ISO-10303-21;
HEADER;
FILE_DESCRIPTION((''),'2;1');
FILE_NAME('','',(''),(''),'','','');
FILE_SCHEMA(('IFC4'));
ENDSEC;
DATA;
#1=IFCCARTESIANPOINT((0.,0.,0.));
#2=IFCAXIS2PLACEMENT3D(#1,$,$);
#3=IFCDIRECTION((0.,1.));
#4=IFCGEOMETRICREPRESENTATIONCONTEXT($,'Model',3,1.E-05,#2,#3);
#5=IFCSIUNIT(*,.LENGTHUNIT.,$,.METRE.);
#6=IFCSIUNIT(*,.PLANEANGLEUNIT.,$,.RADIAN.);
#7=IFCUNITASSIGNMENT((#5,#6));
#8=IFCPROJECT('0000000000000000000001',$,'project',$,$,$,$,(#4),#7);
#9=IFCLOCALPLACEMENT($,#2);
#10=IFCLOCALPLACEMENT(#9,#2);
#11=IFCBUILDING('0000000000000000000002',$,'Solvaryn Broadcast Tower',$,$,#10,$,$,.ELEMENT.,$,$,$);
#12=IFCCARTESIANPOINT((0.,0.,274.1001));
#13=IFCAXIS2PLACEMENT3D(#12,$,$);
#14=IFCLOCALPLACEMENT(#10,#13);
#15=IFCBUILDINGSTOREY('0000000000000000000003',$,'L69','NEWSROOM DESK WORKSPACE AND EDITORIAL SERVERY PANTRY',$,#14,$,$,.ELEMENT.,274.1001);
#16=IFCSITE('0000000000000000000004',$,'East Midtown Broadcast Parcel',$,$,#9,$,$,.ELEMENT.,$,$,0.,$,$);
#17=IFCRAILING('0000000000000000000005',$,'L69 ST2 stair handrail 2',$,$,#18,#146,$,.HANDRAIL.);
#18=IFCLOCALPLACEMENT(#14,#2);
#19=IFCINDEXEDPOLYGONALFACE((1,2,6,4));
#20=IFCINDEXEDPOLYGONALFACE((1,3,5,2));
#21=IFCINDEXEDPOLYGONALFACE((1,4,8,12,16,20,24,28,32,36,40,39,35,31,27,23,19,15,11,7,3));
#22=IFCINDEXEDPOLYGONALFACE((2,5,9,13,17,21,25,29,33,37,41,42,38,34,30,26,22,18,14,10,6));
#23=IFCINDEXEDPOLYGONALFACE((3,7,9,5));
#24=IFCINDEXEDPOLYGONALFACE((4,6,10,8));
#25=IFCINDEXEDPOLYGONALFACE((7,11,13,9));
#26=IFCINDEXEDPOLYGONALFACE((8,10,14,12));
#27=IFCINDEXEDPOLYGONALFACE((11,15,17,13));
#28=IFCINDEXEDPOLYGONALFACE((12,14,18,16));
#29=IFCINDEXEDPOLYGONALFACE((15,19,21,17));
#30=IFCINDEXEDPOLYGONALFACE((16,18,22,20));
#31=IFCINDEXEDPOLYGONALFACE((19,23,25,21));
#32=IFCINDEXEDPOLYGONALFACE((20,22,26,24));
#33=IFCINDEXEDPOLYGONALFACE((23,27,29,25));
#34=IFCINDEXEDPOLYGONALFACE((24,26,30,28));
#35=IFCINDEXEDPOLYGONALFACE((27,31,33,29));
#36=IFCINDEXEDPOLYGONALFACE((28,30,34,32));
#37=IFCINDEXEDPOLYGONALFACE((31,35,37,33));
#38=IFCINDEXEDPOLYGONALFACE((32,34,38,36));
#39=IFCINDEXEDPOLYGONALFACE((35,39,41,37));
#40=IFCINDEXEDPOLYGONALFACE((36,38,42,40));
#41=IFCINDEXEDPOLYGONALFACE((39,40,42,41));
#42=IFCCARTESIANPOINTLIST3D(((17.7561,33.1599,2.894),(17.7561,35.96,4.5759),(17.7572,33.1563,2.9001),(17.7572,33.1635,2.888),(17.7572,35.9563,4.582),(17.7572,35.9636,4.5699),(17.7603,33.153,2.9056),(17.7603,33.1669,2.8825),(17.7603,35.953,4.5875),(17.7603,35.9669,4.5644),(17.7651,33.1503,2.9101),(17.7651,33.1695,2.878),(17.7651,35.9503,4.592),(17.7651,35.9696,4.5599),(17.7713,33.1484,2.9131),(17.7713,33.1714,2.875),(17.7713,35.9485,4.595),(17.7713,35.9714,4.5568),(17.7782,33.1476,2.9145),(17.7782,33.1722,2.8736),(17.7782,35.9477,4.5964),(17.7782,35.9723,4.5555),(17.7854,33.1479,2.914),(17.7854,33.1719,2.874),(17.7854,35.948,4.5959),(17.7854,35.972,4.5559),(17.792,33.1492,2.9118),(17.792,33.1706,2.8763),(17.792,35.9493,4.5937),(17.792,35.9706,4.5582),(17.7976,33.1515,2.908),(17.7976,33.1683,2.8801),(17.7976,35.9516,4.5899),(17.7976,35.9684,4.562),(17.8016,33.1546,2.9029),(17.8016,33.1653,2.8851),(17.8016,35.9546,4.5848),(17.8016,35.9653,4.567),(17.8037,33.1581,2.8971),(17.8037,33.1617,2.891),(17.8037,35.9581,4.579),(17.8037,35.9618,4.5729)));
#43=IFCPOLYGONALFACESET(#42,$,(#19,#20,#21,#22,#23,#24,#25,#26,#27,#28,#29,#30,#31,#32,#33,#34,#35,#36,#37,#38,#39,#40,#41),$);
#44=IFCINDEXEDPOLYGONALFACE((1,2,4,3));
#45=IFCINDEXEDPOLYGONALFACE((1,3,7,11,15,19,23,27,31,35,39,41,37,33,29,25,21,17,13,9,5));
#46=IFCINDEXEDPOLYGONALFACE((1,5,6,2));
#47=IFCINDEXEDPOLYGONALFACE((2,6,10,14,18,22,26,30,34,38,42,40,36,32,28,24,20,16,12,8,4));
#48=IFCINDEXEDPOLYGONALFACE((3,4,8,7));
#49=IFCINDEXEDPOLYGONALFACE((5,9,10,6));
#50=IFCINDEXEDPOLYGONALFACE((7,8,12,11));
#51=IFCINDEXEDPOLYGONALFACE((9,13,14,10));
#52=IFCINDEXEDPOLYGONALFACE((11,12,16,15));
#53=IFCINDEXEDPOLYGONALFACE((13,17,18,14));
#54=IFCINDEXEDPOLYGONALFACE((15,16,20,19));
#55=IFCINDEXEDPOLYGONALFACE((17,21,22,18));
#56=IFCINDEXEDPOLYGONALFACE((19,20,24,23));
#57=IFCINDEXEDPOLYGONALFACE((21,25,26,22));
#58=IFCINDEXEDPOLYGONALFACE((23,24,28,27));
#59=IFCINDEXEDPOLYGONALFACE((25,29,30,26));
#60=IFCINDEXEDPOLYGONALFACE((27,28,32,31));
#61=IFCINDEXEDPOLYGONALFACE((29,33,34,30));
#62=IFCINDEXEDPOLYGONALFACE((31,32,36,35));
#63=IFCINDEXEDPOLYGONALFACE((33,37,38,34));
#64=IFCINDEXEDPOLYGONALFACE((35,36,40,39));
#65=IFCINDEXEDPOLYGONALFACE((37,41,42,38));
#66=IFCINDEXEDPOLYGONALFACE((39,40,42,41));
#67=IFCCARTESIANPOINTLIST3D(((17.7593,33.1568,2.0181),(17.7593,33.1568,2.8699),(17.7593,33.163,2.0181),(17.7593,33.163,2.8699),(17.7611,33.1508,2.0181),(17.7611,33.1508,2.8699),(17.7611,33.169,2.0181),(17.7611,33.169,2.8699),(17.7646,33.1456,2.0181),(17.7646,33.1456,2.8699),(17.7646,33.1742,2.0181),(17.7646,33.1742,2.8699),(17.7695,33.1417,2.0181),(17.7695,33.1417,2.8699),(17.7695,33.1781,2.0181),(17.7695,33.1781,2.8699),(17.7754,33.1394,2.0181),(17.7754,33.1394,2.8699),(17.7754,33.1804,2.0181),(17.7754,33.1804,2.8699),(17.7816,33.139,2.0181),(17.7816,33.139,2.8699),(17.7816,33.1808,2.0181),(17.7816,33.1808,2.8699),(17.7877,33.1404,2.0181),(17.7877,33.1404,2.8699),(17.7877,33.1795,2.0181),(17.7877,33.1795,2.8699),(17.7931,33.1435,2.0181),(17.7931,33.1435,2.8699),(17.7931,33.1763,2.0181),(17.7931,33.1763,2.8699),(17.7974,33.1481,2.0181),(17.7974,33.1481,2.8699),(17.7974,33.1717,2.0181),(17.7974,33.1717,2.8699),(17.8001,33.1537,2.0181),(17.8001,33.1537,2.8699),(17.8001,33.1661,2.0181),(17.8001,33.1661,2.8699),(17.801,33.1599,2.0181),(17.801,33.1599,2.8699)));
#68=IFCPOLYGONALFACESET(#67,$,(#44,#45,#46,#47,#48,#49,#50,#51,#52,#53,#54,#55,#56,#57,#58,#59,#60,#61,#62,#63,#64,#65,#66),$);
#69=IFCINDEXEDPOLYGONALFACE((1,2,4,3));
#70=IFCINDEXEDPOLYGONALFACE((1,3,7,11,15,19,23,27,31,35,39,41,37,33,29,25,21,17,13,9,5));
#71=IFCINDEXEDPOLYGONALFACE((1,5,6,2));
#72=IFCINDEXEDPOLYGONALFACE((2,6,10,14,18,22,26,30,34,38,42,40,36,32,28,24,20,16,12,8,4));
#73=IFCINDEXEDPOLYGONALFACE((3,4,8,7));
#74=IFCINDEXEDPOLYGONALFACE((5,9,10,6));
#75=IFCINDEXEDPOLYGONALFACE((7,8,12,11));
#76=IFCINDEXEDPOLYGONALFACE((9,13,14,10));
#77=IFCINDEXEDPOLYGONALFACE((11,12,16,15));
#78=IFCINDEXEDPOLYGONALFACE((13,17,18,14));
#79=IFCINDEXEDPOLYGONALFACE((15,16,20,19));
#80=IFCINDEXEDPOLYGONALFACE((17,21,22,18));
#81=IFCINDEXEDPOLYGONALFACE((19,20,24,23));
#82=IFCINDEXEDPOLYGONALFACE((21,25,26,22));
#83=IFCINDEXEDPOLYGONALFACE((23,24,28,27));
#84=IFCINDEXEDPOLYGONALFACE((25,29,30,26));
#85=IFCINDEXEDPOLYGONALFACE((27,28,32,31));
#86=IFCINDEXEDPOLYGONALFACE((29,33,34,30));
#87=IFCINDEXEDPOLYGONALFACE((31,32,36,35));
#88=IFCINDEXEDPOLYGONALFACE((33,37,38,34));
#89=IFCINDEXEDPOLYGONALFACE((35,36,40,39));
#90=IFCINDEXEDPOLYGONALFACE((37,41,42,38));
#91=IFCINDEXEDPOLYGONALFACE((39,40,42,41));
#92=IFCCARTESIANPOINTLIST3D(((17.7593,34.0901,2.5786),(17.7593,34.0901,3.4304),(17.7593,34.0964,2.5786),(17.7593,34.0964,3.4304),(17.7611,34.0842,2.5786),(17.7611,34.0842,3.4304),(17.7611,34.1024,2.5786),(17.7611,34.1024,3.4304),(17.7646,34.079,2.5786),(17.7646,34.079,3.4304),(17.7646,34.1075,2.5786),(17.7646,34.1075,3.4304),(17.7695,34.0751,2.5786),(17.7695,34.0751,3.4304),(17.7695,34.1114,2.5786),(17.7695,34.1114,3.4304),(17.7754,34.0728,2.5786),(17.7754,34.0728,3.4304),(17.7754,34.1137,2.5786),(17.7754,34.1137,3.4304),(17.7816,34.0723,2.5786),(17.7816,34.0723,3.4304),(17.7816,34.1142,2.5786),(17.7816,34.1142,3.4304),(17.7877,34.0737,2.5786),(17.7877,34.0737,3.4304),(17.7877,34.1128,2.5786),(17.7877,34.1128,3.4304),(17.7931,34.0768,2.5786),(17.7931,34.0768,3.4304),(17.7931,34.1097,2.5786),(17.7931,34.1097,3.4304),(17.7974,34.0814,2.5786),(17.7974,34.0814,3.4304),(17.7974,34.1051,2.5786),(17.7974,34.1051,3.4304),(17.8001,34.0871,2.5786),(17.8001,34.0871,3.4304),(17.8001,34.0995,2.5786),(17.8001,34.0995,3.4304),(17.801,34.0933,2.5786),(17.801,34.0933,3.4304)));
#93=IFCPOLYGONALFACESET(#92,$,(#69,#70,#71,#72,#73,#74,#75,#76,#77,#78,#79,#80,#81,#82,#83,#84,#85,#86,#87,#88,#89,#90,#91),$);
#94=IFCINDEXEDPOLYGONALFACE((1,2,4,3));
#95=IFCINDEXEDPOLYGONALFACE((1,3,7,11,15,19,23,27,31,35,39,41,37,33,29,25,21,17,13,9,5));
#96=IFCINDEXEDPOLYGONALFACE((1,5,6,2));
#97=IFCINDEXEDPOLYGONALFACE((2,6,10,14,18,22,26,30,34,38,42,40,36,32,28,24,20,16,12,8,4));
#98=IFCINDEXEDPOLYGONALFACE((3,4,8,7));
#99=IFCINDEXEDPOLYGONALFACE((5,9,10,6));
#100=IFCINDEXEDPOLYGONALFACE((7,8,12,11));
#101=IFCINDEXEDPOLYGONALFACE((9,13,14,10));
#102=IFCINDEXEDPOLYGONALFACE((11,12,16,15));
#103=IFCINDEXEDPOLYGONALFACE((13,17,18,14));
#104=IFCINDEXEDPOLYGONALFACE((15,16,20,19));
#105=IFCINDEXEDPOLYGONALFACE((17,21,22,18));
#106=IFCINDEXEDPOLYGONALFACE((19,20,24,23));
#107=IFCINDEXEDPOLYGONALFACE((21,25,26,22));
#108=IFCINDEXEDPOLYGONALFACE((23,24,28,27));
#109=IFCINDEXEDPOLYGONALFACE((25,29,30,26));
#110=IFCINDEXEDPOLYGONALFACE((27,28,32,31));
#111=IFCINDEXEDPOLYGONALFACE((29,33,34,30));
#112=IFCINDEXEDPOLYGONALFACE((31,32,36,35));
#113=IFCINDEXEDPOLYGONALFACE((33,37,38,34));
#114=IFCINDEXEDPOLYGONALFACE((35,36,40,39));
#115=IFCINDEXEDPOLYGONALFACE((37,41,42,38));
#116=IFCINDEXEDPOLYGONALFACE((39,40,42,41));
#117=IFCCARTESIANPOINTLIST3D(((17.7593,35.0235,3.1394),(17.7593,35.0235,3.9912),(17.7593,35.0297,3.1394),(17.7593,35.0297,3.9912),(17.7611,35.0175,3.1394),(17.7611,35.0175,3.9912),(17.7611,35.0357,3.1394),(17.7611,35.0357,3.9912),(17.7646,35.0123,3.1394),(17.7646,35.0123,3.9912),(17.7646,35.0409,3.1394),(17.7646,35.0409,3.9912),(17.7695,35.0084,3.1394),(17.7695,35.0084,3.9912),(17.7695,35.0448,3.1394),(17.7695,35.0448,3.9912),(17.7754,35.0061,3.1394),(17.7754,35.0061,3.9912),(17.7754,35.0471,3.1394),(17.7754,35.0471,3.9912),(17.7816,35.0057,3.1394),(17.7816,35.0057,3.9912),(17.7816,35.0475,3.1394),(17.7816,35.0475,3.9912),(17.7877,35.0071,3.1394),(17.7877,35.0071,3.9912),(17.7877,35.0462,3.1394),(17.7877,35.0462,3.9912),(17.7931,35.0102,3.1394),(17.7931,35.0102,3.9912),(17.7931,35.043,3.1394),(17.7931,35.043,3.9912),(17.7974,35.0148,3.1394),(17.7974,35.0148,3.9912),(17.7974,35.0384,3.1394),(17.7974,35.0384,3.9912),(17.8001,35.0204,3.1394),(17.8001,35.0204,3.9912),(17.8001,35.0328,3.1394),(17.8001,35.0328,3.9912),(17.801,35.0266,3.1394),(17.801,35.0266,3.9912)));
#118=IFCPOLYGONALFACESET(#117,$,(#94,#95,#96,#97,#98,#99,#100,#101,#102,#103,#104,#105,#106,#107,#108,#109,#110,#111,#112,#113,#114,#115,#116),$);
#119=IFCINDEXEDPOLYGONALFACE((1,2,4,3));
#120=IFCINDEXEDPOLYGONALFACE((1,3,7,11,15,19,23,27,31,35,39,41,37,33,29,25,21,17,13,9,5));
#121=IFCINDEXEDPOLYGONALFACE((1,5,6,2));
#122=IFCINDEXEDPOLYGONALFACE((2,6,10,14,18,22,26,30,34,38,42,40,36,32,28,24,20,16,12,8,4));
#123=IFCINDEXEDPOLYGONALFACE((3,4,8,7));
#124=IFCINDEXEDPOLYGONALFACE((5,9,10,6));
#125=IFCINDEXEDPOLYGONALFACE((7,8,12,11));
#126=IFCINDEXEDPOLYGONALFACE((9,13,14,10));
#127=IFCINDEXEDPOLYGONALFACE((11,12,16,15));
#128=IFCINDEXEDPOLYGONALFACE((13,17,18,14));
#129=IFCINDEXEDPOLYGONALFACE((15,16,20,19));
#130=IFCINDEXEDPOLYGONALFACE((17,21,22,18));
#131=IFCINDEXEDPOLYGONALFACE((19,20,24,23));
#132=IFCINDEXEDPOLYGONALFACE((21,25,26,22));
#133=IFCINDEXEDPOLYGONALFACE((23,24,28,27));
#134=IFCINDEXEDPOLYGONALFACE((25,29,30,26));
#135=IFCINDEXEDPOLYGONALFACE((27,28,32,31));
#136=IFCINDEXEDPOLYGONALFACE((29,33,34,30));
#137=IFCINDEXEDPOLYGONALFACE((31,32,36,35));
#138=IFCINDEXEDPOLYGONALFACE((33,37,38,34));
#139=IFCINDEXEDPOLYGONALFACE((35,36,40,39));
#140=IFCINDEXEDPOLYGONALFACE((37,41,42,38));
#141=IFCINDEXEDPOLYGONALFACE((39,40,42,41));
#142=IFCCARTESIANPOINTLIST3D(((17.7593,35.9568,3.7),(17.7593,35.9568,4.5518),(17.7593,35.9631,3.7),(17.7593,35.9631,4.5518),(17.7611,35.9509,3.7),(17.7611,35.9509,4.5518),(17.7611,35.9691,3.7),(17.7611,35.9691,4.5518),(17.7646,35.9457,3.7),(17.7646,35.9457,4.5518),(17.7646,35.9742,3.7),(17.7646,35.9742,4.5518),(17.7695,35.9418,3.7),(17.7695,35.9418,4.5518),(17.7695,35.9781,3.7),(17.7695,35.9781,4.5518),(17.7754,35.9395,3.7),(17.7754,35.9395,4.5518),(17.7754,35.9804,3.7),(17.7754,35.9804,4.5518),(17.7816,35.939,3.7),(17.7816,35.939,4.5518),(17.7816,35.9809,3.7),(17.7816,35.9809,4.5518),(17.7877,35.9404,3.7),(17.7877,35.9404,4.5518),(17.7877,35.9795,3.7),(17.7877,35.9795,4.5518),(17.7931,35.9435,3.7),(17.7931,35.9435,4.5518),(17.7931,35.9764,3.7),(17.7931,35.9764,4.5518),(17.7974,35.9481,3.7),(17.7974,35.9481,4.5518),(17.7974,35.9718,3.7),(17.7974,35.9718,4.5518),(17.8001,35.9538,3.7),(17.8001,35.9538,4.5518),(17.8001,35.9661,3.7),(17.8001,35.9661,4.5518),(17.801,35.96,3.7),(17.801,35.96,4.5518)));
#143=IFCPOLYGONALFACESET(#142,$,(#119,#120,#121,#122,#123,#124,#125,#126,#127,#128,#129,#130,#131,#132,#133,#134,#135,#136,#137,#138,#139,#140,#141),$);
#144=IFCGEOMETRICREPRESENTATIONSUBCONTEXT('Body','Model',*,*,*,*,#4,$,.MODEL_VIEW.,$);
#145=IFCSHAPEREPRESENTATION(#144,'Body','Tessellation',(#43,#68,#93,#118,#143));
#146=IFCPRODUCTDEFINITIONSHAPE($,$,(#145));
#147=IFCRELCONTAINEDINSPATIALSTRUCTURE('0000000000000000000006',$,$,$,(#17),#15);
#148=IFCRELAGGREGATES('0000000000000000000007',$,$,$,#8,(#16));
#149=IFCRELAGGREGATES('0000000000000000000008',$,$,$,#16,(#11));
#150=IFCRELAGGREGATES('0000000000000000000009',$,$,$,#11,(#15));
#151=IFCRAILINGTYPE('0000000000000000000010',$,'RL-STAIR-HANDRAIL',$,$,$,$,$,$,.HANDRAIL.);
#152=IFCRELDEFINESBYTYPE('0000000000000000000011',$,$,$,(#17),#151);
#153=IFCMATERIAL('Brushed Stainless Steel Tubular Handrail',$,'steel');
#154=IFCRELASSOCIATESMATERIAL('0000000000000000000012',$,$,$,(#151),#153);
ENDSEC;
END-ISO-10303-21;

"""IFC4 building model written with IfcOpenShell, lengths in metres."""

from ifc_helpers import new_model, si_unit, direction, frame, origin, origin_2d, place, context, subcontext, project, spatial, circle, extrude, material, type_object, element, save


model = new_model("IFC4")

# Units and contexts
model_context = context("Model", 3, precision=1e-05, world=origin(), true_north=direction((0.0, 1.0)))
body_context = subcontext(model_context, "Body", "Model", "MODEL_VIEW")
ifc_project = project(units=[si_unit("LENGTHUNIT", "METRE"), si_unit("PLANEANGLEUNIT", "RADIAN")], contexts=[model_context])

# Site, building, storey
site_placement = place(None, origin())
site = spatial("IfcSite", under=ifc_project, at=site_placement, Name="East Midtown Broadcast Parcel", CompositionType="ELEMENT", RefElevation=0.0)
building_placement = place(site_placement, origin())
building = spatial("IfcBuilding", under=site, at=building_placement, Name="Solvaryn Broadcast Tower", CompositionType="ELEMENT")
storey_placement = place(building_placement, frame((0.0, 0.0, 274.1001)))
storey = spatial("IfcBuildingStorey", under=building, at=storey_placement, Name="L69", Description="NEWSROOM DESK WORKSPACE AND EDITORIAL SERVERY PANTRY", CompositionType="ELEMENT", Elevation=274.1001)

# Railing
ifc_material_1 = material(Name="Brushed Stainless Steel Tubular Handrail", Category="steel")
railing_type_1 = type_object("IfcRailingType", Name="RL-STAIR-HANDRAIL", PredefinedType="HANDRAIL", material=ifc_material_1)
railing_1_placement = place(storey_placement, frame((17.78, 33.1599, 2.0181)))
element("IfcRailing", 1, at=railing_1_placement, inside=storey, type_object=railing_type_1, Name="L69 ST2 stair handrail 2", PredefinedType="HANDRAIL", context=body_context, shape_type="SweptSolid", body=[
    extrude(circle(Radius=0.0239, at=origin_2d()), frame((0.0, 0.0, 0.876), z_axis=(0.0, 0.857242, 0.514913), x_axis=(-1.0, 0.0, 0.0)), (0.0, 0.0, 1.0), 3.2664),
    extrude(circle(Radius=0.021, at=origin_2d()), origin(), (0.0, 0.0, 1.0), 0.8518),
    extrude(circle(Radius=0.021, at=origin_2d()), frame((0.0, 0.9333, 0.5605)), (0.0, 0.0, 1.0), 0.8518),
    extrude(circle(Radius=0.021, at=origin_2d()), frame((0.0, 1.8667, 1.1213)), (0.0, 0.0, 1.0), 0.8518),
    extrude(circle(Radius=0.021, at=origin_2d()), frame((0.0, 2.8, 1.6819)), (0.0, 0.0, 1.0), 0.8518),
])

save(model, "model.ifc")
